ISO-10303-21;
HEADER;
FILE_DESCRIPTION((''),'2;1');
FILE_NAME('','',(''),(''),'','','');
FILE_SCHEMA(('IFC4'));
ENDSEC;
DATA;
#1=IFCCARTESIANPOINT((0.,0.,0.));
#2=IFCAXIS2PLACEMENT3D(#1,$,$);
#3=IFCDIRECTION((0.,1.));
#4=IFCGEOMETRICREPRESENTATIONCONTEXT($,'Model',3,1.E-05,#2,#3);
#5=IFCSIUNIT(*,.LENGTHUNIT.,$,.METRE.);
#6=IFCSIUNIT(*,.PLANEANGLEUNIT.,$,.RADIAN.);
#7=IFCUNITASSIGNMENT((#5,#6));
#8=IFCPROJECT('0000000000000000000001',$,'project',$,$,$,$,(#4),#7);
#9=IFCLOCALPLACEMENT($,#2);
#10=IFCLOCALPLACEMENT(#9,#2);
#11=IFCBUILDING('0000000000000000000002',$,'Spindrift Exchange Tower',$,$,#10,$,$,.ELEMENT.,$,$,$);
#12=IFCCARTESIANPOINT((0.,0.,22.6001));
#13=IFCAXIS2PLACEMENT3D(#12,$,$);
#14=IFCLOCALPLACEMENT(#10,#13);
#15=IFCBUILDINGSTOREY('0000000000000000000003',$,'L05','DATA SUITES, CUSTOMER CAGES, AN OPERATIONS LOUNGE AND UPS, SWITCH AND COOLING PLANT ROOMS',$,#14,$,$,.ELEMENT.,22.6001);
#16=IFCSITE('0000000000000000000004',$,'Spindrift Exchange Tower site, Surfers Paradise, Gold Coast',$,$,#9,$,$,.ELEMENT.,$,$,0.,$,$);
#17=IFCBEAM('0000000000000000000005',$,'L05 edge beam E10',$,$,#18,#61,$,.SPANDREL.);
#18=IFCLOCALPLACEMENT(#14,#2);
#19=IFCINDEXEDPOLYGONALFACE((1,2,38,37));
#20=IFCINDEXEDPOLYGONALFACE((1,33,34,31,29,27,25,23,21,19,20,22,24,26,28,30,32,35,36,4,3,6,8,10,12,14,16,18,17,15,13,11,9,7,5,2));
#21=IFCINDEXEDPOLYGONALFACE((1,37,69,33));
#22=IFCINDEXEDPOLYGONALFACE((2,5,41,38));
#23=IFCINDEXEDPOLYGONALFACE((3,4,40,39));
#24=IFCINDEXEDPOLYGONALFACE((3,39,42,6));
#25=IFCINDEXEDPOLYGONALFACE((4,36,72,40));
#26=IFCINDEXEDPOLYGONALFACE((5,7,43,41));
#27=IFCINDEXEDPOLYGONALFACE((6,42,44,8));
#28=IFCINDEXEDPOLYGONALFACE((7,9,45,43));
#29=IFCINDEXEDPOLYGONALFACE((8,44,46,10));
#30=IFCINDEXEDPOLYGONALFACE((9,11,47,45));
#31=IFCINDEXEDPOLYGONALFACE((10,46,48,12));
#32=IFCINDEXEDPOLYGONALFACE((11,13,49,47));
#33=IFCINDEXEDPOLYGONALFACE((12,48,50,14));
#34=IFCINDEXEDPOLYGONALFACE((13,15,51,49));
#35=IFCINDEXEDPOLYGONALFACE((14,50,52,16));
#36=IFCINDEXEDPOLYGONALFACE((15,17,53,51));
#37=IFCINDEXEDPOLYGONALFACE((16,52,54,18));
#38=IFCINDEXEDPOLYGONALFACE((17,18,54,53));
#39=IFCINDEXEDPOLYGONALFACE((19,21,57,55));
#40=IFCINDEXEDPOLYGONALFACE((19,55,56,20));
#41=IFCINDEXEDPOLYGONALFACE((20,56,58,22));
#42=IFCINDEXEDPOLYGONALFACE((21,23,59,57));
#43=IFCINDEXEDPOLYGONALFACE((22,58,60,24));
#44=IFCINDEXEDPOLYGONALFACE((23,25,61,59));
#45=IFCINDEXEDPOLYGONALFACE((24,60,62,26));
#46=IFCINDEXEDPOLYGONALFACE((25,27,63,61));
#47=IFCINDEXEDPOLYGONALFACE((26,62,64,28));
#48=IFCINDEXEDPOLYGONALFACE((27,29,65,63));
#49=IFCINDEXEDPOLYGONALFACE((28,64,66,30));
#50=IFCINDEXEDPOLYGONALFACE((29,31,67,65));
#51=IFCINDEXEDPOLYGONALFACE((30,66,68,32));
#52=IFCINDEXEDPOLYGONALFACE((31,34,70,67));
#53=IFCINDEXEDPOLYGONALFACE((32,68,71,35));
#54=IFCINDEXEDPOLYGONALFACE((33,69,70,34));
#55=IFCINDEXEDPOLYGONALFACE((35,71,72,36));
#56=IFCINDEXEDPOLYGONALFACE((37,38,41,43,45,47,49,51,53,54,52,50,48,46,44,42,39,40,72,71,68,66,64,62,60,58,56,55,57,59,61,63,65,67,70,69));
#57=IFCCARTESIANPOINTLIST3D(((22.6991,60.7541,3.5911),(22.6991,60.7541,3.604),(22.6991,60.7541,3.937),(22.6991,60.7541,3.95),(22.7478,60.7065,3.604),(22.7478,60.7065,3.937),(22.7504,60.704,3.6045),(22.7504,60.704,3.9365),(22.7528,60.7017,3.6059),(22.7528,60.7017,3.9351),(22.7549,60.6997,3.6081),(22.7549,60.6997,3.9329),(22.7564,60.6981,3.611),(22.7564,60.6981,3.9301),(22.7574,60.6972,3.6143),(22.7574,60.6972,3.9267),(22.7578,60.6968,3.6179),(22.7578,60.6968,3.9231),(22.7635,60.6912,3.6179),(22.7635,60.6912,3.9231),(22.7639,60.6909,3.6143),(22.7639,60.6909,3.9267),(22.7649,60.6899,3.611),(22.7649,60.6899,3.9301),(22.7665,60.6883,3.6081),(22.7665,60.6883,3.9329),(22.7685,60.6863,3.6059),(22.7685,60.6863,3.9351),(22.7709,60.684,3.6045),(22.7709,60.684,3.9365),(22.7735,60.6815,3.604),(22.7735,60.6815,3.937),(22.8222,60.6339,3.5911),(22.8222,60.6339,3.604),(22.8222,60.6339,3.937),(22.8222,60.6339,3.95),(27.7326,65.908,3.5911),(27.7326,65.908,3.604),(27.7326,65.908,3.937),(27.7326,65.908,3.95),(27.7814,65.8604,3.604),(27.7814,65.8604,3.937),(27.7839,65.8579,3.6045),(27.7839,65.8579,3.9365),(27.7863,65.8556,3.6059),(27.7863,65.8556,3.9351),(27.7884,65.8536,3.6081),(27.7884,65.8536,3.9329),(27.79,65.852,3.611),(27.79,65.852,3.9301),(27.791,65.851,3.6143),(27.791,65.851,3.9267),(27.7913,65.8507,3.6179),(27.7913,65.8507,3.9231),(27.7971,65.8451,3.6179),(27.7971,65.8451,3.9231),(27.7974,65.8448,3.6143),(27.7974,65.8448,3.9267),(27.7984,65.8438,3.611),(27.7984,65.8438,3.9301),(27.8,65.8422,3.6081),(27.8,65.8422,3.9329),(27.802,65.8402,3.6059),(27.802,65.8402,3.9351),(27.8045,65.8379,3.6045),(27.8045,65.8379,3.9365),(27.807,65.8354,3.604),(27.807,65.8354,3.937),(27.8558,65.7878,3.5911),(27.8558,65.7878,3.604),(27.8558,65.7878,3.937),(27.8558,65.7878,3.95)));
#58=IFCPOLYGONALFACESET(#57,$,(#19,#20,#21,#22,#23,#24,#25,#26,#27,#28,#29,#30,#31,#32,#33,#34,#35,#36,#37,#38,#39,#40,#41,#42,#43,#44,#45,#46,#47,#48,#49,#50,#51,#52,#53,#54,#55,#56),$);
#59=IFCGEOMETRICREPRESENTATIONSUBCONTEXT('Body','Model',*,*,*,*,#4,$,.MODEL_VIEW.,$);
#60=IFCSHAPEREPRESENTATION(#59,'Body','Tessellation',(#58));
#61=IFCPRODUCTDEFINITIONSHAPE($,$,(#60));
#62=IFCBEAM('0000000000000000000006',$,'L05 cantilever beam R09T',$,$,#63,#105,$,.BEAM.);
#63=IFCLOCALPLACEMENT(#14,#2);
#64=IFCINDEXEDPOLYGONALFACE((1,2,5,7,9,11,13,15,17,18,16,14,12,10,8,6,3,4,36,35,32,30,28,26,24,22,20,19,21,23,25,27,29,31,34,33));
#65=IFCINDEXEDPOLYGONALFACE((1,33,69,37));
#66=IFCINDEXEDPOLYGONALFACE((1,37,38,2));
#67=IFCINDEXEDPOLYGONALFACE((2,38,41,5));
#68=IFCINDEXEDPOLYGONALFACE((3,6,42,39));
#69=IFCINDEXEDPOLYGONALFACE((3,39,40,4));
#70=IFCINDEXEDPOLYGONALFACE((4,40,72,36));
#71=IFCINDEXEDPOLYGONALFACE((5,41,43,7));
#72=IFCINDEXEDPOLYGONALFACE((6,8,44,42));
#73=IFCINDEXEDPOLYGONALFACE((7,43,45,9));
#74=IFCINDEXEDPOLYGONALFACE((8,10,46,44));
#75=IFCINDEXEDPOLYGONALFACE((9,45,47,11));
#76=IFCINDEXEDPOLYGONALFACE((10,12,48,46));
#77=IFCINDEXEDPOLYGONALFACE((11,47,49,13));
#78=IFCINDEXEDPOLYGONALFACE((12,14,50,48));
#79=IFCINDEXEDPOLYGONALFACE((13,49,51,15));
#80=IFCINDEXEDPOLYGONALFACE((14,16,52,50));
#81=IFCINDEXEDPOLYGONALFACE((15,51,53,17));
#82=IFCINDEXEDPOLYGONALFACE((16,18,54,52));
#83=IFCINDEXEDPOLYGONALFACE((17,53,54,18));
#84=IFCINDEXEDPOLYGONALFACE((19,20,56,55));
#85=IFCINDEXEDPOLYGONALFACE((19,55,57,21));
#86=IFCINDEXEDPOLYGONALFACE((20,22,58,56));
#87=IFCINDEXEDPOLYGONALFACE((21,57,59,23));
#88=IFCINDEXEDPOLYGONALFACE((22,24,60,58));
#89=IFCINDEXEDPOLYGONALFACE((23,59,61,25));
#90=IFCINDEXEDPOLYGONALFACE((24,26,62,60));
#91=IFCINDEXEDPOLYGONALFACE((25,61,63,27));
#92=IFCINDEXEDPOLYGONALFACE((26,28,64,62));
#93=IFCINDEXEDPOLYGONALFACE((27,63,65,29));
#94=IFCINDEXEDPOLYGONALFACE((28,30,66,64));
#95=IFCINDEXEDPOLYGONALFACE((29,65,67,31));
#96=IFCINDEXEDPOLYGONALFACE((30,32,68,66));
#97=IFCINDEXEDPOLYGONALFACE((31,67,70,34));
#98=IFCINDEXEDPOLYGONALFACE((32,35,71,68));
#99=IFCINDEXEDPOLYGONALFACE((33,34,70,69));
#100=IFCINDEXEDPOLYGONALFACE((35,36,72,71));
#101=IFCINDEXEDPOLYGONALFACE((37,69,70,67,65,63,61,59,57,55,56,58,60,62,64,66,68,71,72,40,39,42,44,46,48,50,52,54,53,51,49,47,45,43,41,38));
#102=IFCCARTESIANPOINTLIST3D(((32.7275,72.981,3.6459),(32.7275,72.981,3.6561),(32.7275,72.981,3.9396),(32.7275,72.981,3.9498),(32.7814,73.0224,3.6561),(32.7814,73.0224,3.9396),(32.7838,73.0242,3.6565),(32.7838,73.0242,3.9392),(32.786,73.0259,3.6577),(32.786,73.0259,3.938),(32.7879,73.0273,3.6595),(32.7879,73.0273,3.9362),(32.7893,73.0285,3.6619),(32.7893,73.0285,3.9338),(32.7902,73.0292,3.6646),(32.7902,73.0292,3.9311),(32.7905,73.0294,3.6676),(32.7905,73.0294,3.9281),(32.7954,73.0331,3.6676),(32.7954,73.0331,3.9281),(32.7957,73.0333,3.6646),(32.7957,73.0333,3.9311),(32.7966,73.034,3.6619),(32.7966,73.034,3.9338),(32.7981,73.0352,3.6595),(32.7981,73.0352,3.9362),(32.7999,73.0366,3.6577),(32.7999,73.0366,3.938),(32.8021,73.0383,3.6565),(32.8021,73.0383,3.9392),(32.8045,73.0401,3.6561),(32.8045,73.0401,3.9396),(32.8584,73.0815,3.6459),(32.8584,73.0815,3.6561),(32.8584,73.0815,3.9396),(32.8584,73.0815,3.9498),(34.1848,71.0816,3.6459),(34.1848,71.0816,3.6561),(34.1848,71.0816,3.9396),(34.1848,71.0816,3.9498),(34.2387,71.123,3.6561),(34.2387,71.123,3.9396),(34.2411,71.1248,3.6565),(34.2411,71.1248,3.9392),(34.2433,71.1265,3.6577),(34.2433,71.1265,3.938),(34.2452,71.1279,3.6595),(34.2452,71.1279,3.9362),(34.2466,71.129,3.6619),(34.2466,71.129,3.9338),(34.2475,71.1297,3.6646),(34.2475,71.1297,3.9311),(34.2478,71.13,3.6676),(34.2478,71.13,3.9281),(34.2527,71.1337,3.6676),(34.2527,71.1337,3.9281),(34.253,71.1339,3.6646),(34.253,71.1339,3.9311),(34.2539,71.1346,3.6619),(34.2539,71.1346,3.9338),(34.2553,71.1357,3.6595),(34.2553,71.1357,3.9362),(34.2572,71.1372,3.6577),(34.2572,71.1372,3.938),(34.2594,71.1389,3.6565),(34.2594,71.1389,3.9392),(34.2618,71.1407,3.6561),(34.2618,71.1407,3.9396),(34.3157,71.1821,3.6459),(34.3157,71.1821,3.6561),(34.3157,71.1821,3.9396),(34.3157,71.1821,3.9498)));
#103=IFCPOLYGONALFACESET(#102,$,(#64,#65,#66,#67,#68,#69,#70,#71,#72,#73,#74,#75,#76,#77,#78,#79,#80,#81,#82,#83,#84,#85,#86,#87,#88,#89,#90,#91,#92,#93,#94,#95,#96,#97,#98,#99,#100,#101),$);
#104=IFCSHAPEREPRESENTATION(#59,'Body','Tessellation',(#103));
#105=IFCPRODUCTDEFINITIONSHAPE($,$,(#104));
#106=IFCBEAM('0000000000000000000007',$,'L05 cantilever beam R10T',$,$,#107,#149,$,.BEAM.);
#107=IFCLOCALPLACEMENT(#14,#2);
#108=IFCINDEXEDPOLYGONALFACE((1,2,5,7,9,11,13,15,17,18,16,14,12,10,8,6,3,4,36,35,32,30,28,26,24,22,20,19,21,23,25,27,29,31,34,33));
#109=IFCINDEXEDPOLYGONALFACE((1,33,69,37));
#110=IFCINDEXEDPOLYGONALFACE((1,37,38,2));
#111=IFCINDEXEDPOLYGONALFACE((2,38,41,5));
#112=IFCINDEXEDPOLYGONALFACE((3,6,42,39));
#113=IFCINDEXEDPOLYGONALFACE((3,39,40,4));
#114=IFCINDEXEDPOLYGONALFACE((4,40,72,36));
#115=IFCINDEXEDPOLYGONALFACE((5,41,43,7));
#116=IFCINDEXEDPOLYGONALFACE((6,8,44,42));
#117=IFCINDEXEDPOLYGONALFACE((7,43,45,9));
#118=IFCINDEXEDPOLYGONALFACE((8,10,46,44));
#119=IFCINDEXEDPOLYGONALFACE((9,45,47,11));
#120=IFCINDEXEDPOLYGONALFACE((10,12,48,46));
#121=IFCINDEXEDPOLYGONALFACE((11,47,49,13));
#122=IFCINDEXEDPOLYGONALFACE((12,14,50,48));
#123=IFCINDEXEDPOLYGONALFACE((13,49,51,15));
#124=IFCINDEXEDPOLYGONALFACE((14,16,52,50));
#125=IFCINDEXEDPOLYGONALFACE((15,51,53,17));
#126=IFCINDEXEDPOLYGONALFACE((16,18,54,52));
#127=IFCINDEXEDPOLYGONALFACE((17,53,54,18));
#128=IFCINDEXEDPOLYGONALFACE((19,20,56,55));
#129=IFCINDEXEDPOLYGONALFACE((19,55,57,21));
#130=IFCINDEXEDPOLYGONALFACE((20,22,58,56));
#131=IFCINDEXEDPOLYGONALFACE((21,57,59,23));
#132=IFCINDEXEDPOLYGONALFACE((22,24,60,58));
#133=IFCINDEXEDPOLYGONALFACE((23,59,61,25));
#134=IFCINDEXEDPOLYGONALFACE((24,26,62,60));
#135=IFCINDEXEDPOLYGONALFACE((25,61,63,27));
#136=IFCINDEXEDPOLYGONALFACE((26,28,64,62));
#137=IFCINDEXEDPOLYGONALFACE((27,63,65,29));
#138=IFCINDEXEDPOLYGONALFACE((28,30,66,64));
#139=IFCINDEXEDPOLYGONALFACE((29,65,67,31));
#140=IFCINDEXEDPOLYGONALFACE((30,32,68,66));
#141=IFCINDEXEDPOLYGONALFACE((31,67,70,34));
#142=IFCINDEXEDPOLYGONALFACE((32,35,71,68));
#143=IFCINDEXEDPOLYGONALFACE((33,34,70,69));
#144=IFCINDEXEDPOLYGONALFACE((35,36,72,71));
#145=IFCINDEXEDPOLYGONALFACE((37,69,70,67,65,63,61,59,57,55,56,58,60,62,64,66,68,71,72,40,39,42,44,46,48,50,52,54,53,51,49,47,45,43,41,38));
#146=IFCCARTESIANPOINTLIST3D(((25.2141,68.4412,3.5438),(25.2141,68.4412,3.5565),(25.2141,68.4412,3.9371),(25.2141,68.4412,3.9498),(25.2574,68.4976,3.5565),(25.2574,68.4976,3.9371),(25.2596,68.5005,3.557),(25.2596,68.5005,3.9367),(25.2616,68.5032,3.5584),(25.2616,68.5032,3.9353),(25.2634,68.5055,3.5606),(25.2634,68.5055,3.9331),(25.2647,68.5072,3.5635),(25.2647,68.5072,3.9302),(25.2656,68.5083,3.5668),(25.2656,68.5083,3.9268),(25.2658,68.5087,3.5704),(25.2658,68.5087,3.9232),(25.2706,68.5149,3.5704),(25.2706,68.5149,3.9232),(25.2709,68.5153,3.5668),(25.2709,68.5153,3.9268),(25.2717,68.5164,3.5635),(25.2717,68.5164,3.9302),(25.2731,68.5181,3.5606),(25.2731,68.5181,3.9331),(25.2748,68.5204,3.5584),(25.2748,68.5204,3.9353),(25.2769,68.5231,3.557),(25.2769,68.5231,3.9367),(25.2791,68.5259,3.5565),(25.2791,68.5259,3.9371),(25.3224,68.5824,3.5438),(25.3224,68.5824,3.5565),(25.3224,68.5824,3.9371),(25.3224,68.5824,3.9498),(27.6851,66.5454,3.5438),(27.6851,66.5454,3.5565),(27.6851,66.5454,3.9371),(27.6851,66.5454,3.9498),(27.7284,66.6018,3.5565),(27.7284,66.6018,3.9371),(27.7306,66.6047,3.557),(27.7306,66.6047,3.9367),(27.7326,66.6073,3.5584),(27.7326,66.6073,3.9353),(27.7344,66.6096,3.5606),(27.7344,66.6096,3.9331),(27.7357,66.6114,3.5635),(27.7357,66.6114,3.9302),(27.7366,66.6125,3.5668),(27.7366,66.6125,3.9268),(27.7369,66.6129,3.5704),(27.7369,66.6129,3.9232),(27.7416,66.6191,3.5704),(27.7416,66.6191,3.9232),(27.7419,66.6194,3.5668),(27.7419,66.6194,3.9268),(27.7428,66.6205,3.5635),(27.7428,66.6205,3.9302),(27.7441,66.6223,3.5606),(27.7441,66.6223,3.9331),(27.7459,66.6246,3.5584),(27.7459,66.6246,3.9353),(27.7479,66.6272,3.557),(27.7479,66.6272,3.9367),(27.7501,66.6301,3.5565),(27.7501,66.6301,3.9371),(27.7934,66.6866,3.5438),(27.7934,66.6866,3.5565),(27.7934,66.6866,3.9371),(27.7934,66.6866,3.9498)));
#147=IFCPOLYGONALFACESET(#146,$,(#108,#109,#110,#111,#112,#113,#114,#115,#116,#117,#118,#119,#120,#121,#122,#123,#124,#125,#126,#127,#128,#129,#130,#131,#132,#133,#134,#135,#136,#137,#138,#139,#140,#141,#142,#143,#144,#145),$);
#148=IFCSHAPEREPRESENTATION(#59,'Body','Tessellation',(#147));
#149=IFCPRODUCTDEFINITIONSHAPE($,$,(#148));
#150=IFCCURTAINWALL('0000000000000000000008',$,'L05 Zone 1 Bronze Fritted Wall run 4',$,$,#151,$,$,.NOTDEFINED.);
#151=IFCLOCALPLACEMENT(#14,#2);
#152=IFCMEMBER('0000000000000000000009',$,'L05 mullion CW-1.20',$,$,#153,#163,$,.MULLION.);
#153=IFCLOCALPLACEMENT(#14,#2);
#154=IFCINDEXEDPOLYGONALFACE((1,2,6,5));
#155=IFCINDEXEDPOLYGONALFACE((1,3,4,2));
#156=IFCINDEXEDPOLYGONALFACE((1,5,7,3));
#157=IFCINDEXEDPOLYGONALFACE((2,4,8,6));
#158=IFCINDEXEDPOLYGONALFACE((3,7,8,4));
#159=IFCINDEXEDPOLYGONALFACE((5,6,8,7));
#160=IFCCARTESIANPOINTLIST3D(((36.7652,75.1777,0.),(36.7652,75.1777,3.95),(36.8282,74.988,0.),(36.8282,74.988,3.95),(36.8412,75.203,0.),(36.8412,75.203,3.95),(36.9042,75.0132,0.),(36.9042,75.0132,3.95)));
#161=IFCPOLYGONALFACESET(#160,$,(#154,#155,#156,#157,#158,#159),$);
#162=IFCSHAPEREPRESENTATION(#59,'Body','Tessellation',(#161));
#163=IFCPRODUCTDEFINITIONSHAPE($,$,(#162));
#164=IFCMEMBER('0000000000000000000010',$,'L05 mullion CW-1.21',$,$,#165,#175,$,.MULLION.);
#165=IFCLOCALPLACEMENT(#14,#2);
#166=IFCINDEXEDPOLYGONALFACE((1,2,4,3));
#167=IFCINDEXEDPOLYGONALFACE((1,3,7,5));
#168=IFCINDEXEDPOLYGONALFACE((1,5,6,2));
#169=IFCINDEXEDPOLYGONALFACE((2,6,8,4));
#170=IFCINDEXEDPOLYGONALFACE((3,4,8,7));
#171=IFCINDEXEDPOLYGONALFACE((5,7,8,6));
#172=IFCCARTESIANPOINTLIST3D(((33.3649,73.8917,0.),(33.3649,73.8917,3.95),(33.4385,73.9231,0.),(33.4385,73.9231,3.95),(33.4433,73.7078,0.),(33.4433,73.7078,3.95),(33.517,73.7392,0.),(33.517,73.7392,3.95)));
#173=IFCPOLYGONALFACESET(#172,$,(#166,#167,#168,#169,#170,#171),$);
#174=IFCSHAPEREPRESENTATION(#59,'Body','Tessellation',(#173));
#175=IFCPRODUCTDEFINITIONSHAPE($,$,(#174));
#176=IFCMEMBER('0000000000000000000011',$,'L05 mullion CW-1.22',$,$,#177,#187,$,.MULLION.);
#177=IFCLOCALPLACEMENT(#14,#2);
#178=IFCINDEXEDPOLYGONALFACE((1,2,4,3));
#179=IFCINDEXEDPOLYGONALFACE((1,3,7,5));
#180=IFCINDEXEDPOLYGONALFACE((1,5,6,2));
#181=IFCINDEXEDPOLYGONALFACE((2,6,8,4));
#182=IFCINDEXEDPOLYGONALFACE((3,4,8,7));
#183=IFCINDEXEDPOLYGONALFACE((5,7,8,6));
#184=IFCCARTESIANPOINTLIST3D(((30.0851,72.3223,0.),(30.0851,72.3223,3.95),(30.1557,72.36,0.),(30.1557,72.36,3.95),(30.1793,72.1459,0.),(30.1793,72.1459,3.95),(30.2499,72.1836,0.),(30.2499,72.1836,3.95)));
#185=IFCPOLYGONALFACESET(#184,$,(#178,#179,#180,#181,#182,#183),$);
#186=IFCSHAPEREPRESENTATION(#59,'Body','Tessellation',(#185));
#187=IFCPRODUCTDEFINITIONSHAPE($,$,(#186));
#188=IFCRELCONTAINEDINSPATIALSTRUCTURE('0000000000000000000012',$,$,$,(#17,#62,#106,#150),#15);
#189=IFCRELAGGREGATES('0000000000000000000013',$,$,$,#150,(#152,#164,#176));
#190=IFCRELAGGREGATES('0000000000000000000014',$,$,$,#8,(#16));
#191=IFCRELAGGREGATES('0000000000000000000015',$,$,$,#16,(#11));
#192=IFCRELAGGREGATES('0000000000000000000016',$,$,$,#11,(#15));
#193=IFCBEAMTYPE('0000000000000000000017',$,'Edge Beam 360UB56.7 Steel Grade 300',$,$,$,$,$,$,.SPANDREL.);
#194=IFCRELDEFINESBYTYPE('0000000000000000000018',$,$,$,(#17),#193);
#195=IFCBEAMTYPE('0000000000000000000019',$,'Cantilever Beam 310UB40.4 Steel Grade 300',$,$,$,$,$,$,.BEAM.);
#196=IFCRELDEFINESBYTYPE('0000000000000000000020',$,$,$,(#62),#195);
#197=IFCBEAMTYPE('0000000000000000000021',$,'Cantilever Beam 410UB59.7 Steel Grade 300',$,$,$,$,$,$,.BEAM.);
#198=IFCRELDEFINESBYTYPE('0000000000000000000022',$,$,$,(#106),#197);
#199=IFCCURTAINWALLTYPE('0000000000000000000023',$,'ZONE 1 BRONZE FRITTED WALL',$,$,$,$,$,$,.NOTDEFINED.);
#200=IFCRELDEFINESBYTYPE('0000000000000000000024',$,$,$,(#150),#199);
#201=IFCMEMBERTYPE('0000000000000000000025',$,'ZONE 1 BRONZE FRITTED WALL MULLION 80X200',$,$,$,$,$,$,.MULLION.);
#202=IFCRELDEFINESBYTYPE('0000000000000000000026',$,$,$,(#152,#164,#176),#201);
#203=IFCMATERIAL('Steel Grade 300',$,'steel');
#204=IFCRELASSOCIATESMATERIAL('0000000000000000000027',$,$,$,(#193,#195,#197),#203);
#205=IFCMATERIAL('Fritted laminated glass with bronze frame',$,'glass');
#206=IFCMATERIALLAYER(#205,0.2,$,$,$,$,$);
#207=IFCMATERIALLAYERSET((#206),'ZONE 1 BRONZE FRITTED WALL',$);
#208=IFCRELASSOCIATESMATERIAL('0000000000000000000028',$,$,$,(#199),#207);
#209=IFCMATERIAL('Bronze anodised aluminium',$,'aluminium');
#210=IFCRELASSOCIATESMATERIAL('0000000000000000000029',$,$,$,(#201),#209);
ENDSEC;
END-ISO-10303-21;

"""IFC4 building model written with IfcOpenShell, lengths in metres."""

from ifc_helpers import new_model, si_unit, direction, frame, origin, origin_2d, place, context, subcontext, project, spatial, rectangle, i_section, extrude, source, transform, mapped, material, layer, layer_set, material_profile, profile_set, type_object, element, aggregate, save


model = new_model("IFC4")

# Units and contexts
model_context = context("Model", 3, precision=1e-05, world=origin(), true_north=direction((0.0, 1.0)))
body_context = subcontext(model_context, "Body", "Model", "MODEL_VIEW")
ifc_project = project(units=[si_unit("LENGTHUNIT", "METRE"), si_unit("PLANEANGLEUNIT", "RADIAN")], contexts=[model_context])

# Site, building, storey
site_placement = place(None, origin())
site = spatial("IfcSite", under=ifc_project, at=site_placement, Name="Spindrift Exchange Tower site, Surfers Paradise, Gold Coast", CompositionType="ELEMENT", RefElevation=0.0)
building_placement = place(site_placement, origin())
building = spatial("IfcBuilding", under=site, at=building_placement, Name="Spindrift Exchange Tower", CompositionType="ELEMENT")
storey_placement = place(building_placement, frame((0.0, 0.0, 22.6001)))
storey = spatial("IfcBuildingStorey", under=building, at=storey_placement, Name="L05", Description="DATA SUITES, CUSTOMER CAGES, AN OPERATIONS LOUNGE AND UPS, SWITCH AND COOLING PLANT ROOMS", CompositionType="ELEMENT", Elevation=22.6001)

# Beams
ifc_material_1 = material(Name="Steel Grade 300", Category="steel")
ifc_material_profile_1 = material_profile(ifc_material_1, i_section(OverallWidth=0.1721, OverallDepth=0.3589, WebThickness=0.0081, FlangeThickness=0.0129, FilletRadius=0.0139, at=origin_2d()), Name="360UB56.7")
ifc_profile_set_1 = profile_set([ifc_material_profile_1], Name="Steel Grade 300")
beam_type_1 = type_object("IfcBeamType", Name="Edge Beam 360UB56.7 Steel Grade 300", PredefinedType="SPANDREL", material=ifc_profile_set_1)
shared_shape_1 = source(origin(), body_context, "Body", "SweptSolid", [
    extrude(i_section(OverallWidth=0.1721, OverallDepth=0.3589, WebThickness=0.0081, FlangeThickness=0.0129, FilletRadius=0.0139, at=origin_2d()), origin(), (0.0, 0.0, 1.0), 7.2041),
])
beam_1_placement = place(storey_placement, frame((27.7942, 65.8479, 3.7705), z_axis=(-0.698704, -0.715411, 0.0), x_axis=(0.715411, -0.698704, 0.0)))
element("IfcBeam", 1, at=beam_1_placement, inside=storey, type_object=beam_type_1, Name="L05 edge beam E10", PredefinedType="SPANDREL", context=body_context, shape_type="MappedRepresentation", body=[
    mapped(shared_shape_1, transform((0.0, 0.0, 0.0), scale=1.0)),
])
ifc_material_profile_2 = material_profile(ifc_material_1, i_section(OverallWidth=0.165, OverallDepth=0.304, WebThickness=0.0061, FlangeThickness=0.0103, FilletRadius=0.0115, at=origin_2d()), Name="310UB40.4")
ifc_profile_set_2 = profile_set([ifc_material_profile_2], Name="Steel Grade 300")
beam_type_2 = type_object("IfcBeamType", Name="Cantilever Beam 310UB40.4 Steel Grade 300", PredefinedType="BEAM", material=ifc_profile_set_2)
shared_shape_2 = source(origin(), body_context, "Body", "SweptSolid", [
    extrude(i_section(OverallWidth=0.165, OverallDepth=0.304, WebThickness=0.0061, FlangeThickness=0.0103, FilletRadius=0.0115, at=origin_2d()), origin(), (0.0, 0.0, 1.0), 2.394),
])
beam_2_placement = place(storey_placement, frame((34.2502, 71.1318, 3.7979), z_axis=(-0.60871, 0.793393, 0.0), x_axis=(-0.793393, -0.60871, 0.0)))
element("IfcBeam", 2, at=beam_2_placement, inside=storey, type_object=beam_type_2, Name="L05 cantilever beam R09T", PredefinedType="BEAM", context=body_context, shape_type="MappedRepresentation", body=[
    mapped(shared_shape_2, transform((0.0, 0.0, 0.0), scale=1.0)),
])
ifc_material_profile_3 = material_profile(ifc_material_1, i_section(OverallWidth=0.178, OverallDepth=0.406, WebThickness=0.0078, FlangeThickness=0.0127, FilletRadius=0.0139, at=origin_2d()), Name="410UB59.7")
ifc_profile_set_3 = profile_set([ifc_material_profile_3], Name="Steel Grade 300")
beam_type_3 = type_object("IfcBeamType", Name="Cantilever Beam 410UB59.7 Steel Grade 300", PredefinedType="BEAM", material=ifc_profile_set_3)
shared_shape_3 = source(origin(), body_context, "Body", "SweptSolid", [
    extrude(i_section(OverallWidth=0.178, OverallDepth=0.406, WebThickness=0.0078, FlangeThickness=0.0127, FilletRadius=0.0139, at=origin_2d()), origin(), (0.0, 0.0, 1.0), 3.1145),
])
beam_3_placement = place(storey_placement, frame((27.7393, 66.616, 3.7468), z_axis=(-0.793396, 0.608706, 0.0), x_axis=(-0.608706, -0.793396, 0.0)))
element("IfcBeam", 3, at=beam_3_placement, inside=storey, type_object=beam_type_3, Name="L05 cantilever beam R10T", PredefinedType="BEAM", context=body_context, shape_type="MappedRepresentation", body=[
    mapped(shared_shape_3, transform((0.0, 0.0, 0.0), scale=1.0)),
])

# Curtain wall, members
ifc_material_2 = material(Name="Fritted laminated glass with bronze frame", Category="glass")
ifc_layer_1 = layer(ifc_material_2, 0.2)
ifc_layer_set_1 = layer_set([ifc_layer_1], Name="ZONE 1 BRONZE FRITTED WALL")
curtain_wall_type = type_object("IfcCurtainWallType", Name="ZONE 1 BRONZE FRITTED WALL", PredefinedType="NOTDEFINED", material=ifc_layer_set_1)
curtain_wall_1_placement = place(storey_placement, origin())
curtain_wall_1 = element("IfcCurtainWall", 4, at=curtain_wall_1_placement, inside=storey, type_object=curtain_wall_type, Name="L05 Zone 1 Bronze Fritted Wall run 4", PredefinedType="NOTDEFINED")
ifc_material_3 = material(Name="Bronze anodised aluminium", Category="aluminium")
ifc_material_profile_4 = material_profile(ifc_material_3, rectangle(XDim=0.0801, YDim=0.2, at=origin_2d()), Name="ZONE 1 BRONZE FRITTED WALL MULLION 80X200")
ifc_profile_set_4 = profile_set([ifc_material_profile_4], Name="Bronze anodised aluminium")
member_type_1 = type_object("IfcMemberType", Name="ZONE 1 BRONZE FRITTED WALL MULLION 80X200", PredefinedType="MULLION", material=ifc_profile_set_4)
shared_shape_4 = source(origin(), body_context, "Body", "SweptSolid", [
    extrude(rectangle(XDim=0.0801, YDim=0.2, at=origin_2d()), origin(), (0.0, 0.0, 1.0), 3.95),
])
member_1_placement = place(storey_placement, frame((36.8347, 75.0955, 0.0), z_axis=(0.0, 0.0, 1.0), x_axis=(-0.9491, -0.314974, 0.0)))
member_1 = element("IfcMember", 5, at=member_1_placement, type_object=member_type_1, Name="L05 mullion CW-1.20", PredefinedType="MULLION", context=body_context, shape_type="MappedRepresentation", body=[
    mapped(shared_shape_4, transform((0.0, 0.0, 0.0), scale=1.0)),
])
member_2_placement = place(storey_placement, frame((33.4409, 73.8154, 0.0), z_axis=(0.0, 0.0, 1.0), x_axis=(-0.919884, -0.39219, 0.0)))
member_2 = element("IfcMember", 6, at=member_2_placement, type_object=member_type_1, Name="L05 mullion CW-1.21", PredefinedType="MULLION", context=body_context, shape_type="MappedRepresentation", body=[
    mapped(shared_shape_4, transform((0.0, 0.0, 0.0), scale=1.0)),
])
member_3_placement = place(storey_placement, frame((30.1675, 72.2529, 0.0), z_axis=(0.0, 0.0, 1.0), x_axis=(-0.882122, -0.471021, 0.0)))
member_3 = element("IfcMember", 7, at=member_3_placement, type_object=member_type_1, Name="L05 mullion CW-1.22", PredefinedType="MULLION", context=body_context, shape_type="MappedRepresentation", body=[
    mapped(shared_shape_4, transform((0.0, 0.0, 0.0), scale=1.0)),
])

aggregate(curtain_wall_1, [member_1, member_2, member_3])

save(model, "model.ifc")
